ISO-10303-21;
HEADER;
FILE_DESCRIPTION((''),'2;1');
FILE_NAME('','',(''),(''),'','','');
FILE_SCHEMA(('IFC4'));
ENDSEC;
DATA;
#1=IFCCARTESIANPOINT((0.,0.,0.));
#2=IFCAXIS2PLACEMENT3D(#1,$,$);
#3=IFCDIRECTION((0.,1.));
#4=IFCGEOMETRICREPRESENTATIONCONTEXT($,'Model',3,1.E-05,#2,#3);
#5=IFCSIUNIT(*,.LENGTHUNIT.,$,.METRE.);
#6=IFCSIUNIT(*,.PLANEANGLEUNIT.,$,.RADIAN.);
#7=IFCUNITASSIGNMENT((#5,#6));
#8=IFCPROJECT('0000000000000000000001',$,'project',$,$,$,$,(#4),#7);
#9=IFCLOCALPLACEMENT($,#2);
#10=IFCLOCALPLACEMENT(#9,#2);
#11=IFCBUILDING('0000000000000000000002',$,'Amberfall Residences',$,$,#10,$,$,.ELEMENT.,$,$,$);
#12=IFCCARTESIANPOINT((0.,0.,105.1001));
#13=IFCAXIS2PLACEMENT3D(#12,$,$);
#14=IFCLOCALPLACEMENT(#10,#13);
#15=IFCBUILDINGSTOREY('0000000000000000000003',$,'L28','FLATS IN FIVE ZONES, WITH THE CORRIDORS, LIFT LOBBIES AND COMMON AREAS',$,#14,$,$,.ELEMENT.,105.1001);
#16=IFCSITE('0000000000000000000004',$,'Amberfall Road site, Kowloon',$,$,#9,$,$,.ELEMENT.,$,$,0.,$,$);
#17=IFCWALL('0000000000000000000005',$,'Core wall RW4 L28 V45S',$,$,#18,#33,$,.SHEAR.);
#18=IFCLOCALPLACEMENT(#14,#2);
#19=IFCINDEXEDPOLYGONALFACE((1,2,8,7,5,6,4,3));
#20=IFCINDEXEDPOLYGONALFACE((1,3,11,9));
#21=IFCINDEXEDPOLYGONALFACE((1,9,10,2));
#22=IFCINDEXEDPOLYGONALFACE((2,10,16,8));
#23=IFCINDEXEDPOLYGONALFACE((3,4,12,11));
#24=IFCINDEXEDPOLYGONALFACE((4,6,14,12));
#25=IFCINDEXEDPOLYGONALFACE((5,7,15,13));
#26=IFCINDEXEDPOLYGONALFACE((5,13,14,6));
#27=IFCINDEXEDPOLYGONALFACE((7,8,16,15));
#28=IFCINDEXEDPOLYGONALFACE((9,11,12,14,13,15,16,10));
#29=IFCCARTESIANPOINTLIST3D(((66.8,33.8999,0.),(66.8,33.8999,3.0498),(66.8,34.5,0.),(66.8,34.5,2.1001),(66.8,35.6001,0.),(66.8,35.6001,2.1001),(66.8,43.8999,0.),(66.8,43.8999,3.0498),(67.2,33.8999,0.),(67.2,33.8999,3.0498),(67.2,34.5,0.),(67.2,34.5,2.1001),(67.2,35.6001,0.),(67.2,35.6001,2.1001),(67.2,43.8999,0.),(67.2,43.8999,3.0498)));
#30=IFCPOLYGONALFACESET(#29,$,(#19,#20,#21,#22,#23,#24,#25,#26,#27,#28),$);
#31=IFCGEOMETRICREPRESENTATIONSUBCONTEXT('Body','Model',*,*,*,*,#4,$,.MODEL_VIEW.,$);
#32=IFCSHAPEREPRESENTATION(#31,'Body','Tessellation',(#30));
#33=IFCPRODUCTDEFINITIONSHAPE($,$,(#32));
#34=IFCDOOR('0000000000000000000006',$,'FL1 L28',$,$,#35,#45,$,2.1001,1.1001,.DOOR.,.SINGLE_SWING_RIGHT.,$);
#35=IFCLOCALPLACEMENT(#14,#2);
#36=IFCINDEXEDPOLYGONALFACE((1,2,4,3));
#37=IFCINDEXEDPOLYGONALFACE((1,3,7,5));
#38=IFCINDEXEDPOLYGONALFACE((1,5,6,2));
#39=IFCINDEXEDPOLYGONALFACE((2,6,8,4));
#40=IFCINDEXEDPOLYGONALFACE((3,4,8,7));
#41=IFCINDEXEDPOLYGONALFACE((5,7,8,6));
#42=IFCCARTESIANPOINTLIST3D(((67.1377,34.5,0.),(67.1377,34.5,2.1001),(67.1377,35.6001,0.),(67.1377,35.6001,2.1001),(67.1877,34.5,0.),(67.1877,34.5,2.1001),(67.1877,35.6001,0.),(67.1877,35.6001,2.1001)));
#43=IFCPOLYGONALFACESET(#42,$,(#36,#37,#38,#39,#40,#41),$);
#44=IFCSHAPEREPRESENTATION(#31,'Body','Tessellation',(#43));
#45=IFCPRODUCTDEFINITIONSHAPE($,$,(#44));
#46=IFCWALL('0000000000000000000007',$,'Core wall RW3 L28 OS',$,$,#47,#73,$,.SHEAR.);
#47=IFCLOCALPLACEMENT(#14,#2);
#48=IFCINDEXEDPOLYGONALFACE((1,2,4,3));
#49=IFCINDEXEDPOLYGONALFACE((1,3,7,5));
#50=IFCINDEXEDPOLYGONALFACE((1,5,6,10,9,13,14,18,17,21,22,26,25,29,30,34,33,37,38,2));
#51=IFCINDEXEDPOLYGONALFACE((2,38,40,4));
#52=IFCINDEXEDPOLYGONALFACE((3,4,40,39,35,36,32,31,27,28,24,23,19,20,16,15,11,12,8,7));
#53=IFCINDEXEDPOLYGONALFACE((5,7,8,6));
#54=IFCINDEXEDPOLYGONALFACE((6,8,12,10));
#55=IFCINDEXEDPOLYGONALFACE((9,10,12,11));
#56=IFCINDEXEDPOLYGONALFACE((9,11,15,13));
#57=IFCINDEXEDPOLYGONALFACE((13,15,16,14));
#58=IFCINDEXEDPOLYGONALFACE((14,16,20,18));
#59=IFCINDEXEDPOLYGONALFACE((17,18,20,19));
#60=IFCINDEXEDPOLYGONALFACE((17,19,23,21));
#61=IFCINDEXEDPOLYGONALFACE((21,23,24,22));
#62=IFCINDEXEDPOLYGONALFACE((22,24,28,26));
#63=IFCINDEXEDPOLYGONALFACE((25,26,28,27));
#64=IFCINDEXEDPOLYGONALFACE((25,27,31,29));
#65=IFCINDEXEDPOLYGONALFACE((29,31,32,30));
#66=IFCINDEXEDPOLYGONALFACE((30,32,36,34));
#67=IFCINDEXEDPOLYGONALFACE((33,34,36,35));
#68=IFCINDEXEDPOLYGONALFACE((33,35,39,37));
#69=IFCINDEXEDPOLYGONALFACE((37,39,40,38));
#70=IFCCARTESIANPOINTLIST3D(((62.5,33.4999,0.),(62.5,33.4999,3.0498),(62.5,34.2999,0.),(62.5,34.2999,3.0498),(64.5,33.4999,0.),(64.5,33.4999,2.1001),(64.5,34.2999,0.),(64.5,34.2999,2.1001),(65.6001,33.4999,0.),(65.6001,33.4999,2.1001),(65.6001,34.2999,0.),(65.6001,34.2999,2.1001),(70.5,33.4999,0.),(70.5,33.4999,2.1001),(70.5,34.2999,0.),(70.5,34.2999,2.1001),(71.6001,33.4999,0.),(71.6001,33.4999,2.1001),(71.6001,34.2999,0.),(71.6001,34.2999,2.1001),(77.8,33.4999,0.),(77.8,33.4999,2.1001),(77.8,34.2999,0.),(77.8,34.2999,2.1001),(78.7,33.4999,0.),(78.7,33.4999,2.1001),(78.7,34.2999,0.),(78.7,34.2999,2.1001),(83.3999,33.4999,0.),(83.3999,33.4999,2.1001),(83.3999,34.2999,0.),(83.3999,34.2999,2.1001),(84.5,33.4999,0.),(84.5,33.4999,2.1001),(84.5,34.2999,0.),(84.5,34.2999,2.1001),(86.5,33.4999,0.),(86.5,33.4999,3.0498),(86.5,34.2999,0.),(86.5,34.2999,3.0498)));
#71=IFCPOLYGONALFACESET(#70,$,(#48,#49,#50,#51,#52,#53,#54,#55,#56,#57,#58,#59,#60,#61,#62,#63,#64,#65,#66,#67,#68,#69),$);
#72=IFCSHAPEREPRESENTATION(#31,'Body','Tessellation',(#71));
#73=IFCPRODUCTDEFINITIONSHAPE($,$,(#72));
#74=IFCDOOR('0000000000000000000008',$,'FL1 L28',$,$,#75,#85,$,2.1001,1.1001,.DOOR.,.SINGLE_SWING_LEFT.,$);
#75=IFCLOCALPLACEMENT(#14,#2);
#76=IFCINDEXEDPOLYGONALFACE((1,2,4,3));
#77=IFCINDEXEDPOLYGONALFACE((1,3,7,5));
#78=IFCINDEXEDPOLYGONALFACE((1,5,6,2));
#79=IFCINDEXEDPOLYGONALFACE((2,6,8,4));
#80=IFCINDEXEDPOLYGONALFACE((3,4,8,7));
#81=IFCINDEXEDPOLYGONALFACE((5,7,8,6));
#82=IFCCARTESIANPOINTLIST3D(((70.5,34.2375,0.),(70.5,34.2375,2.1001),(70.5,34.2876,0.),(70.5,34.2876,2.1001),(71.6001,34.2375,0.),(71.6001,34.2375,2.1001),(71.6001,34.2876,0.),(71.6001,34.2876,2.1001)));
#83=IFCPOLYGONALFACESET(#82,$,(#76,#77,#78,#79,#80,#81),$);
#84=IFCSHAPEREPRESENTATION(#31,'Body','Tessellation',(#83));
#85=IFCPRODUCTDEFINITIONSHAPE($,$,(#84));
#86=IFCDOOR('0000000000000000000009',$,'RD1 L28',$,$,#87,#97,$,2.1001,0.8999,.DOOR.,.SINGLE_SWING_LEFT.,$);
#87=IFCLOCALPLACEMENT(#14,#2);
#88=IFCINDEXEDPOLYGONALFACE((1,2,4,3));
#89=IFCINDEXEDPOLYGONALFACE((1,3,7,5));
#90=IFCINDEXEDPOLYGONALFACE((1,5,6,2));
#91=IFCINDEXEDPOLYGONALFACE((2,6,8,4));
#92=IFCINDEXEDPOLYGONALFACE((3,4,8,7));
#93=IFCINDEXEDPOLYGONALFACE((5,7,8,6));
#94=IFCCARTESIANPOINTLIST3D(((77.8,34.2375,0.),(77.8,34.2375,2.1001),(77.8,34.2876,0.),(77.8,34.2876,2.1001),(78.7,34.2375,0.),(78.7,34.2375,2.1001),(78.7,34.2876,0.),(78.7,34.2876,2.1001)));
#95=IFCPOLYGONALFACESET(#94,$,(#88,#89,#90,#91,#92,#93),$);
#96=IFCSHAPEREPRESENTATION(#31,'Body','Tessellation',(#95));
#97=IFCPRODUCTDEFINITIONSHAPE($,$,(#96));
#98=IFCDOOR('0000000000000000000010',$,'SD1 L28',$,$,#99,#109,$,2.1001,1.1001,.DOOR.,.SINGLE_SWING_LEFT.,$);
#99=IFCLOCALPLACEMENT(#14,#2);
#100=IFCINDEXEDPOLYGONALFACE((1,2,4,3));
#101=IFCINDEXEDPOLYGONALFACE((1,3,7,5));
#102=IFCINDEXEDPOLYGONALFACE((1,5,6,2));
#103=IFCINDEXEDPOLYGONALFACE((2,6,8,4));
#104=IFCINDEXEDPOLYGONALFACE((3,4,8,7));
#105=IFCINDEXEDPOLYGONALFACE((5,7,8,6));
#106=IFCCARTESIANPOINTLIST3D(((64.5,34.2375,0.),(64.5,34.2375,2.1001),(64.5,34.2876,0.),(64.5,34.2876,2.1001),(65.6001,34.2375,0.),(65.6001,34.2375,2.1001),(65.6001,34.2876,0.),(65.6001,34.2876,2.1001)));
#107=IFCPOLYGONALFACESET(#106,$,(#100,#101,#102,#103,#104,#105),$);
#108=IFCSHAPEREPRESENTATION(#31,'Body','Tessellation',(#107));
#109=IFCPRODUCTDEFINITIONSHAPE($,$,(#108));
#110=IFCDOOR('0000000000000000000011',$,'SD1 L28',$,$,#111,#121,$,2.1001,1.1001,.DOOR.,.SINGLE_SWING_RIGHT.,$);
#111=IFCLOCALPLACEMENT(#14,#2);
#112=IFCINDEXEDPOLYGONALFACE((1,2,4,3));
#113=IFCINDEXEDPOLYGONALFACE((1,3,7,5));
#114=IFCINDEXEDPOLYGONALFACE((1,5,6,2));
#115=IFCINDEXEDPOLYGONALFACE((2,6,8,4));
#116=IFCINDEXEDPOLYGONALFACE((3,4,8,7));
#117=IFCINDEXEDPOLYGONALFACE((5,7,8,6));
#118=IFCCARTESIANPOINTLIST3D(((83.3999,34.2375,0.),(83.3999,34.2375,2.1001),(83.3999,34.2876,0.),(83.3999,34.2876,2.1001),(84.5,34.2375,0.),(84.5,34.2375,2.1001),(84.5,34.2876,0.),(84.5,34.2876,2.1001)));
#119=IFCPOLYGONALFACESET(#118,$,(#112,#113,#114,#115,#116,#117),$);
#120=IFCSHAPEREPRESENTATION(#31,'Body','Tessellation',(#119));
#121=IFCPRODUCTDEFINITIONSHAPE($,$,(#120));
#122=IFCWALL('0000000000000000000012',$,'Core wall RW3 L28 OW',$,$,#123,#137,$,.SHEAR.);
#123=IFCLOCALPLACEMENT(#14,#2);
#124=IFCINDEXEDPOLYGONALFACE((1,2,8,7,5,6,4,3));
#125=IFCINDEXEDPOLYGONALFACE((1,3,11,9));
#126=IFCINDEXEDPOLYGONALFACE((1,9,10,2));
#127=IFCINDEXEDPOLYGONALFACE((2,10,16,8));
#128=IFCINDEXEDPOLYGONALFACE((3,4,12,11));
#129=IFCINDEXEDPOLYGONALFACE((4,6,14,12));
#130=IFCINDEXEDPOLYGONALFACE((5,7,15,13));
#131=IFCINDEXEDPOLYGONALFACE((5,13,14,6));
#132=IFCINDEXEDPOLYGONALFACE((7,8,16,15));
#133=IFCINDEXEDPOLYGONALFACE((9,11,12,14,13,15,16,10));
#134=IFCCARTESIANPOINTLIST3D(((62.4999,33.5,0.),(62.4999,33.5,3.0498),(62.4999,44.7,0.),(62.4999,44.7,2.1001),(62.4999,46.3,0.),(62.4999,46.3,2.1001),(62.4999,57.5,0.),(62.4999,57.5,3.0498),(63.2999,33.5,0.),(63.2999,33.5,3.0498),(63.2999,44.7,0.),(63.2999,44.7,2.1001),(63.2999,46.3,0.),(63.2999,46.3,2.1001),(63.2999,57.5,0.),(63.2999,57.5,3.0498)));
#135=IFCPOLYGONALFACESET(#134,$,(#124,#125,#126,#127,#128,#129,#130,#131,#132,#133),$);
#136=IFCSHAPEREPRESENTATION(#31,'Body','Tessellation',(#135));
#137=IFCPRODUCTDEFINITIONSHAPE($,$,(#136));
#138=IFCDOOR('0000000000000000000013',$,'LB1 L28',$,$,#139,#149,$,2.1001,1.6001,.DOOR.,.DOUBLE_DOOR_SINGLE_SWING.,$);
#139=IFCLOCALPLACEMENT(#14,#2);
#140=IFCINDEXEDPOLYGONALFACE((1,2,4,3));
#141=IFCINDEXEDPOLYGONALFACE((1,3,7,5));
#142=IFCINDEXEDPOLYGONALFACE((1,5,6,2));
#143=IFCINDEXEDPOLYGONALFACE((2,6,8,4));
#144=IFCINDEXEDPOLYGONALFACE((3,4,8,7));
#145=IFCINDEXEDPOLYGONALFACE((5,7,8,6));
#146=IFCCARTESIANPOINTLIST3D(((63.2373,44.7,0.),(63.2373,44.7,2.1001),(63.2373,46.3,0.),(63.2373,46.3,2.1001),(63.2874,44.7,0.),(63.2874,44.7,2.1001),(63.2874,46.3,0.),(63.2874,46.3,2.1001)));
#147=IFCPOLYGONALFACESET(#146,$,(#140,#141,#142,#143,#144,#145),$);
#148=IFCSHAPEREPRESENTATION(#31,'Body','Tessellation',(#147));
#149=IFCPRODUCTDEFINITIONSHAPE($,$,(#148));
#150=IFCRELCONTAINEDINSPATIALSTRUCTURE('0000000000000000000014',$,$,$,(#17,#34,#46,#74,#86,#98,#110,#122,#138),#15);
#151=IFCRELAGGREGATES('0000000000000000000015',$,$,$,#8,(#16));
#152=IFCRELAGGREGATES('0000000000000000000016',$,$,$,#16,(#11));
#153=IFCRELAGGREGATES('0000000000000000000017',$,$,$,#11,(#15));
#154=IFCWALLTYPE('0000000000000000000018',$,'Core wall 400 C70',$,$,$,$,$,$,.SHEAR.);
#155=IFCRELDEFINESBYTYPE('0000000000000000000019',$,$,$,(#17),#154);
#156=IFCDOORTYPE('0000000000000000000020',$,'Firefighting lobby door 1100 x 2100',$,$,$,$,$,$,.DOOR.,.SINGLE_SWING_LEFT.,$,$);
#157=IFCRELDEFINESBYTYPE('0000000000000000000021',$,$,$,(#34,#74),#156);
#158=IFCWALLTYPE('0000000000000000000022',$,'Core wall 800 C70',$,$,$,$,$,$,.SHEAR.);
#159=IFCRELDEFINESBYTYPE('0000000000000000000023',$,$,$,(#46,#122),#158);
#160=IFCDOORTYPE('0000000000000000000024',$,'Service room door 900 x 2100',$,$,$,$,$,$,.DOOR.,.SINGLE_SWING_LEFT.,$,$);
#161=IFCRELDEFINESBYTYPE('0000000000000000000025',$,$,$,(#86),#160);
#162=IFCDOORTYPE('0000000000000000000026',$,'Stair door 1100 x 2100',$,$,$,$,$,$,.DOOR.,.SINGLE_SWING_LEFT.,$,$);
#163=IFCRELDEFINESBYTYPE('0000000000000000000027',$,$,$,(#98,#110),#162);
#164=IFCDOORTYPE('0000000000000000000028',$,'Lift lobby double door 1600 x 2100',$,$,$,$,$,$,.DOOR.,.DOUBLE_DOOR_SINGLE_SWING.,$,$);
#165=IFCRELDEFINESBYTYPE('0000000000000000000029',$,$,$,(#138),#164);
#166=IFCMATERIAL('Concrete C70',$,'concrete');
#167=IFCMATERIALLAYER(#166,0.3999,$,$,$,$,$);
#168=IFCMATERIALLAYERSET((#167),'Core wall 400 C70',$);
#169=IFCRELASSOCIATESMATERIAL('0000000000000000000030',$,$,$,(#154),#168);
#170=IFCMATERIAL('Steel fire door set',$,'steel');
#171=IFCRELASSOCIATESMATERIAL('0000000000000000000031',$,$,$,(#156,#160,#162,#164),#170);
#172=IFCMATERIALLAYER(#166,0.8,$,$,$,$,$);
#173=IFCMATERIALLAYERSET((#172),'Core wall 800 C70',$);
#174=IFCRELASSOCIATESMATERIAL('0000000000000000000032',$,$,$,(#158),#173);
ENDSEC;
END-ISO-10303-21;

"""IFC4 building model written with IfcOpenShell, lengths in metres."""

from ifc_helpers import new_model, si_unit, direction, frame, frame_2d, origin, place, context, subcontext, project, spatial, rectangle, extrude, material, layer, layer_set, type_object, element, fill, save


model = new_model("IFC4")

# Units and contexts
model_context = context("Model", 3, precision=1e-05, world=origin(), true_north=direction((0.0, 1.0)))
body_context = subcontext(model_context, "Body", "Model", "MODEL_VIEW")
ifc_project = project(units=[si_unit("LENGTHUNIT", "METRE"), si_unit("PLANEANGLEUNIT", "RADIAN")], contexts=[model_context])

# Site, building, storey
site_placement = place(None, origin())
site = spatial("IfcSite", under=ifc_project, at=site_placement, Name="Amberfall Road site, Kowloon", CompositionType="ELEMENT", RefElevation=0.0)
building_placement = place(site_placement, origin())
building = spatial("IfcBuilding", under=site, at=building_placement, Name="Amberfall Residences", CompositionType="ELEMENT")
storey_placement = place(building_placement, frame((0.0, 0.0, 105.1001)))
storey = spatial("IfcBuildingStorey", under=building, at=storey_placement, Name="L28", Description="FLATS IN FIVE ZONES, WITH THE CORRIDORS, LIFT LOBBIES AND COMMON AREAS", CompositionType="ELEMENT", Elevation=105.1001)

# Wall, opening, door
ifc_material_1 = material(Name="Concrete C70", Category="concrete")
ifc_layer_1 = layer(ifc_material_1, 0.3999)
ifc_layer_set_1 = layer_set([ifc_layer_1], Name="Core wall 400 C70")
wall_type_1 = type_object("IfcWallType", Name="Core wall 400 C70", PredefinedType="SHEAR", material=ifc_layer_set_1)
wall_1_placement = place(storey_placement, frame((67.0, 33.8999, 0.0), z_axis=(0.0, 0.0, 1.0), x_axis=(0.0, 1.0, 0.0)))
wall_1 = element("IfcWall", 1, at=wall_1_placement, inside=storey, type_object=wall_type_1, Name="Core wall RW4 L28 V45S", PredefinedType="SHEAR", context=body_context, shape_type="SweptSolid", body=[
    extrude(rectangle(XDim=10.0, YDim=0.3999, at=frame_2d((5.0, 0.0))), origin(), (0.0, 0.0, 1.0), 3.0498),
])
opening_1_placement = place(wall_1_placement, frame((0.6001, 0.0, 0.0)))
opening_1 = element("IfcOpeningElement", 2, at=opening_1_placement, cuts=wall_1, PredefinedType="OPENING", context=body_context, shape_type="SweptSolid", body=[
    extrude(rectangle(XDim=1.1001, YDim=2.1001, at=frame_2d((0.55, 1.05))), frame((0.0, 0.21, 0.0), z_axis=(0.0, -1.0, 0.0), x_axis=(1.0, 0.0, 0.0)), (0.0, 0.0, 1.0), 0.4199),
])
ifc_material_2 = material(Name="Steel fire door set", Category="steel")
door_type_1 = type_object("IfcDoorType", Name="Firefighting lobby door 1100 x 2100", OperationType="SINGLE_SWING_LEFT", PredefinedType="DOOR", material=ifc_material_2)
door_1_placement = place(opening_1_placement, origin())
door_1 = element("IfcDoor", 3, at=door_1_placement, inside=storey, type_object=door_type_1, Name="FL1 L28", OperationType="SINGLE_SWING_RIGHT", OverallHeight=2.1001, OverallWidth=1.1001, PredefinedType="DOOR", context=body_context, shape_type="SweptSolid", body=[
    extrude(rectangle(XDim=1.1001, YDim=2.1001, at=frame_2d((0.55, 1.05))), frame((0.0, -0.1377, 0.0), z_axis=(0.0, -1.0, 0.0), x_axis=(1.0, 0.0, 0.0)), (0.0, 0.0, 1.0), 0.05),
])
fill(opening_1, door_1)

# Wall, openings, doors
ifc_layer_2 = layer(ifc_material_1, 0.8)
ifc_layer_set_2 = layer_set([ifc_layer_2], Name="Core wall 800 C70")
wall_type_2 = type_object("IfcWallType", Name="Core wall 800 C70", PredefinedType="SHEAR", material=ifc_layer_set_2)
wall_2_placement = place(storey_placement, frame((62.5, 33.8999, 0.0), z_axis=(0.0, 0.0, 1.0), x_axis=(1.0, 0.0, 0.0)))
wall_2 = element("IfcWall", 4, at=wall_2_placement, inside=storey, type_object=wall_type_2, Name="Core wall RW3 L28 OS", PredefinedType="SHEAR", context=body_context, shape_type="SweptSolid", body=[
    extrude(rectangle(XDim=24.0, YDim=0.8, at=frame_2d((12.0, 0.0))), origin(), (0.0, 0.0, 1.0), 3.0498),
])
opening_2_placement = place(wall_2_placement, frame((2.0, 0.0, 0.0)))
opening_2 = element("IfcOpeningElement", 5, at=opening_2_placement, cuts=wall_2, PredefinedType="OPENING", context=body_context, shape_type="SweptSolid", body=[
    extrude(rectangle(XDim=1.1001, YDim=2.1001, at=frame_2d((0.55, 1.05))), frame((0.0, 0.4099, 0.0), z_axis=(0.0, -1.0, 0.0), x_axis=(1.0, 0.0, 0.0)), (0.0, 0.0, 1.0), 0.8201),
])
opening_3_placement = place(wall_2_placement, frame((20.8999, 0.0, 0.0)))
opening_3 = element("IfcOpeningElement", 6, at=opening_3_placement, cuts=wall_2, PredefinedType="OPENING", context=body_context, shape_type="SweptSolid", body=[
    extrude(rectangle(XDim=1.1001, YDim=2.1001, at=frame_2d((0.55, 1.05))), frame((0.0, 0.4099, 0.0), z_axis=(0.0, -1.0, 0.0), x_axis=(1.0, 0.0, 0.0)), (0.0, 0.0, 1.0), 0.8201),
])
opening_4_placement = place(wall_2_placement, frame((8.0, 0.0, 0.0)))
opening_4 = element("IfcOpeningElement", 7, at=opening_4_placement, cuts=wall_2, PredefinedType="OPENING", context=body_context, shape_type="SweptSolid", body=[
    extrude(rectangle(XDim=1.1001, YDim=2.1001, at=frame_2d((0.55, 1.05))), frame((0.0, 0.4099, 0.0), z_axis=(0.0, -1.0, 0.0), x_axis=(1.0, 0.0, 0.0)), (0.0, 0.0, 1.0), 0.8201),
])
opening_5_placement = place(wall_2_placement, frame((15.3, 0.0, 0.0)))
opening_5 = element("IfcOpeningElement", 8, at=opening_5_placement, cuts=wall_2, PredefinedType="OPENING", context=body_context, shape_type="SweptSolid", body=[
    extrude(rectangle(XDim=0.8999, YDim=2.1001, at=frame_2d((0.45, 1.05))), frame((0.0, 0.4099, 0.0), z_axis=(0.0, -1.0, 0.0), x_axis=(1.0, 0.0, 0.0)), (0.0, 0.0, 1.0), 0.8201),
])
door_2_placement = place(opening_4_placement, origin())
door_2 = element("IfcDoor", 9, at=door_2_placement, inside=storey, type_object=door_type_1, Name="FL1 L28", OperationType="SINGLE_SWING_LEFT", OverallHeight=2.1001, OverallWidth=1.1001, PredefinedType="DOOR", context=body_context, shape_type="SweptSolid", body=[
    extrude(rectangle(XDim=1.1001, YDim=2.1001, at=frame_2d((0.55, 1.05))), frame((0.0, 0.3877, 0.0), z_axis=(0.0, -1.0, 0.0), x_axis=(1.0, 0.0, 0.0)), (0.0, 0.0, 1.0), 0.05),
])
fill(opening_4, door_2)
door_type_2 = type_object("IfcDoorType", Name="Service room door 900 x 2100", OperationType="SINGLE_SWING_LEFT", PredefinedType="DOOR", material=ifc_material_2)
door_3_placement = place(opening_5_placement, origin())
door_3 = element("IfcDoor", 10, at=door_3_placement, inside=storey, type_object=door_type_2, Name="RD1 L28", OperationType="SINGLE_SWING_LEFT", OverallHeight=2.1001, OverallWidth=0.8999, PredefinedType="DOOR", context=body_context, shape_type="SweptSolid", body=[
    extrude(rectangle(XDim=0.8999, YDim=2.1001, at=frame_2d((0.45, 1.05))), frame((0.0, 0.3877, 0.0), z_axis=(0.0, -1.0, 0.0), x_axis=(1.0, 0.0, 0.0)), (0.0, 0.0, 1.0), 0.05),
])
fill(opening_5, door_3)
door_type_3 = type_object("IfcDoorType", Name="Stair door 1100 x 2100", OperationType="SINGLE_SWING_LEFT", PredefinedType="DOOR", material=ifc_material_2)
door_4_placement = place(opening_2_placement, origin())
door_4 = element("IfcDoor", 11, at=door_4_placement, inside=storey, type_object=door_type_3, Name="SD1 L28", OperationType="SINGLE_SWING_LEFT", OverallHeight=2.1001, OverallWidth=1.1001, PredefinedType="DOOR", context=body_context, shape_type="SweptSolid", body=[
    extrude(rectangle(XDim=1.1001, YDim=2.1001, at=frame_2d((0.55, 1.05))), frame((0.0, 0.3877, 0.0), z_axis=(0.0, -1.0, 0.0), x_axis=(1.0, 0.0, 0.0)), (0.0, 0.0, 1.0), 0.05),
])
fill(opening_2, door_4)
door_5_placement = place(opening_3_placement, origin())
door_5 = element("IfcDoor", 12, at=door_5_placement, inside=storey, type_object=door_type_3, Name="SD1 L28", OperationType="SINGLE_SWING_RIGHT", OverallHeight=2.1001, OverallWidth=1.1001, PredefinedType="DOOR", context=body_context, shape_type="SweptSolid", body=[
    extrude(rectangle(XDim=1.1001, YDim=2.1001, at=frame_2d((0.55, 1.05))), frame((0.0, 0.3877, 0.0), z_axis=(0.0, -1.0, 0.0), x_axis=(1.0, 0.0, 0.0)), (0.0, 0.0, 1.0), 0.05),
])
fill(opening_3, door_5)

# Wall, opening, door
wall_3_placement = place(storey_placement, frame((62.8999, 33.5, 0.0), z_axis=(0.0, 0.0, 1.0), x_axis=(0.0, 1.0, 0.0)))
wall_3 = element("IfcWall", 13, at=wall_3_placement, inside=storey, type_object=wall_type_2, Name="Core wall RW3 L28 OW", PredefinedType="SHEAR", context=body_context, shape_type="SweptSolid", body=[
    extrude(rectangle(XDim=24.0, YDim=0.8, at=frame_2d((12.0, 0.0))), origin(), (0.0, 0.0, 1.0), 3.0498),
])
opening_6_placement = place(wall_3_placement, frame((11.2, 0.0, 0.0)))
opening_6 = element("IfcOpeningElement", 14, at=opening_6_placement, cuts=wall_3, PredefinedType="OPENING", context=body_context, shape_type="SweptSolid", body=[
    extrude(rectangle(XDim=1.6001, YDim=2.1001, at=frame_2d((0.8, 1.05))), frame((0.0, 0.4099, 0.0), z_axis=(0.0, -1.0, 0.0), x_axis=(1.0, 0.0, 0.0)), (0.0, 0.0, 1.0), 0.8201),
])
door_type_4 = type_object("IfcDoorType", Name="Lift lobby double door 1600 x 2100", OperationType="DOUBLE_DOOR_SINGLE_SWING", PredefinedType="DOOR", material=ifc_material_2)
door_6_placement = place(opening_6_placement, origin())
door_6 = element("IfcDoor", 15, at=door_6_placement, inside=storey, type_object=door_type_4, Name="LB1 L28", OperationType="DOUBLE_DOOR_SINGLE_SWING", OverallHeight=2.1001, OverallWidth=1.6001, PredefinedType="DOOR", context=body_context, shape_type="SweptSolid", body=[
    extrude(rectangle(XDim=1.6001, YDim=2.1001, at=frame_2d((0.8, 1.05))), frame((0.0, -0.3374, 0.0), z_axis=(0.0, -1.0, 0.0), x_axis=(1.0, 0.0, 0.0)), (0.0, 0.0, 1.0), 0.05),
])
fill(opening_6, door_6)

save(model, "model.ifc")
